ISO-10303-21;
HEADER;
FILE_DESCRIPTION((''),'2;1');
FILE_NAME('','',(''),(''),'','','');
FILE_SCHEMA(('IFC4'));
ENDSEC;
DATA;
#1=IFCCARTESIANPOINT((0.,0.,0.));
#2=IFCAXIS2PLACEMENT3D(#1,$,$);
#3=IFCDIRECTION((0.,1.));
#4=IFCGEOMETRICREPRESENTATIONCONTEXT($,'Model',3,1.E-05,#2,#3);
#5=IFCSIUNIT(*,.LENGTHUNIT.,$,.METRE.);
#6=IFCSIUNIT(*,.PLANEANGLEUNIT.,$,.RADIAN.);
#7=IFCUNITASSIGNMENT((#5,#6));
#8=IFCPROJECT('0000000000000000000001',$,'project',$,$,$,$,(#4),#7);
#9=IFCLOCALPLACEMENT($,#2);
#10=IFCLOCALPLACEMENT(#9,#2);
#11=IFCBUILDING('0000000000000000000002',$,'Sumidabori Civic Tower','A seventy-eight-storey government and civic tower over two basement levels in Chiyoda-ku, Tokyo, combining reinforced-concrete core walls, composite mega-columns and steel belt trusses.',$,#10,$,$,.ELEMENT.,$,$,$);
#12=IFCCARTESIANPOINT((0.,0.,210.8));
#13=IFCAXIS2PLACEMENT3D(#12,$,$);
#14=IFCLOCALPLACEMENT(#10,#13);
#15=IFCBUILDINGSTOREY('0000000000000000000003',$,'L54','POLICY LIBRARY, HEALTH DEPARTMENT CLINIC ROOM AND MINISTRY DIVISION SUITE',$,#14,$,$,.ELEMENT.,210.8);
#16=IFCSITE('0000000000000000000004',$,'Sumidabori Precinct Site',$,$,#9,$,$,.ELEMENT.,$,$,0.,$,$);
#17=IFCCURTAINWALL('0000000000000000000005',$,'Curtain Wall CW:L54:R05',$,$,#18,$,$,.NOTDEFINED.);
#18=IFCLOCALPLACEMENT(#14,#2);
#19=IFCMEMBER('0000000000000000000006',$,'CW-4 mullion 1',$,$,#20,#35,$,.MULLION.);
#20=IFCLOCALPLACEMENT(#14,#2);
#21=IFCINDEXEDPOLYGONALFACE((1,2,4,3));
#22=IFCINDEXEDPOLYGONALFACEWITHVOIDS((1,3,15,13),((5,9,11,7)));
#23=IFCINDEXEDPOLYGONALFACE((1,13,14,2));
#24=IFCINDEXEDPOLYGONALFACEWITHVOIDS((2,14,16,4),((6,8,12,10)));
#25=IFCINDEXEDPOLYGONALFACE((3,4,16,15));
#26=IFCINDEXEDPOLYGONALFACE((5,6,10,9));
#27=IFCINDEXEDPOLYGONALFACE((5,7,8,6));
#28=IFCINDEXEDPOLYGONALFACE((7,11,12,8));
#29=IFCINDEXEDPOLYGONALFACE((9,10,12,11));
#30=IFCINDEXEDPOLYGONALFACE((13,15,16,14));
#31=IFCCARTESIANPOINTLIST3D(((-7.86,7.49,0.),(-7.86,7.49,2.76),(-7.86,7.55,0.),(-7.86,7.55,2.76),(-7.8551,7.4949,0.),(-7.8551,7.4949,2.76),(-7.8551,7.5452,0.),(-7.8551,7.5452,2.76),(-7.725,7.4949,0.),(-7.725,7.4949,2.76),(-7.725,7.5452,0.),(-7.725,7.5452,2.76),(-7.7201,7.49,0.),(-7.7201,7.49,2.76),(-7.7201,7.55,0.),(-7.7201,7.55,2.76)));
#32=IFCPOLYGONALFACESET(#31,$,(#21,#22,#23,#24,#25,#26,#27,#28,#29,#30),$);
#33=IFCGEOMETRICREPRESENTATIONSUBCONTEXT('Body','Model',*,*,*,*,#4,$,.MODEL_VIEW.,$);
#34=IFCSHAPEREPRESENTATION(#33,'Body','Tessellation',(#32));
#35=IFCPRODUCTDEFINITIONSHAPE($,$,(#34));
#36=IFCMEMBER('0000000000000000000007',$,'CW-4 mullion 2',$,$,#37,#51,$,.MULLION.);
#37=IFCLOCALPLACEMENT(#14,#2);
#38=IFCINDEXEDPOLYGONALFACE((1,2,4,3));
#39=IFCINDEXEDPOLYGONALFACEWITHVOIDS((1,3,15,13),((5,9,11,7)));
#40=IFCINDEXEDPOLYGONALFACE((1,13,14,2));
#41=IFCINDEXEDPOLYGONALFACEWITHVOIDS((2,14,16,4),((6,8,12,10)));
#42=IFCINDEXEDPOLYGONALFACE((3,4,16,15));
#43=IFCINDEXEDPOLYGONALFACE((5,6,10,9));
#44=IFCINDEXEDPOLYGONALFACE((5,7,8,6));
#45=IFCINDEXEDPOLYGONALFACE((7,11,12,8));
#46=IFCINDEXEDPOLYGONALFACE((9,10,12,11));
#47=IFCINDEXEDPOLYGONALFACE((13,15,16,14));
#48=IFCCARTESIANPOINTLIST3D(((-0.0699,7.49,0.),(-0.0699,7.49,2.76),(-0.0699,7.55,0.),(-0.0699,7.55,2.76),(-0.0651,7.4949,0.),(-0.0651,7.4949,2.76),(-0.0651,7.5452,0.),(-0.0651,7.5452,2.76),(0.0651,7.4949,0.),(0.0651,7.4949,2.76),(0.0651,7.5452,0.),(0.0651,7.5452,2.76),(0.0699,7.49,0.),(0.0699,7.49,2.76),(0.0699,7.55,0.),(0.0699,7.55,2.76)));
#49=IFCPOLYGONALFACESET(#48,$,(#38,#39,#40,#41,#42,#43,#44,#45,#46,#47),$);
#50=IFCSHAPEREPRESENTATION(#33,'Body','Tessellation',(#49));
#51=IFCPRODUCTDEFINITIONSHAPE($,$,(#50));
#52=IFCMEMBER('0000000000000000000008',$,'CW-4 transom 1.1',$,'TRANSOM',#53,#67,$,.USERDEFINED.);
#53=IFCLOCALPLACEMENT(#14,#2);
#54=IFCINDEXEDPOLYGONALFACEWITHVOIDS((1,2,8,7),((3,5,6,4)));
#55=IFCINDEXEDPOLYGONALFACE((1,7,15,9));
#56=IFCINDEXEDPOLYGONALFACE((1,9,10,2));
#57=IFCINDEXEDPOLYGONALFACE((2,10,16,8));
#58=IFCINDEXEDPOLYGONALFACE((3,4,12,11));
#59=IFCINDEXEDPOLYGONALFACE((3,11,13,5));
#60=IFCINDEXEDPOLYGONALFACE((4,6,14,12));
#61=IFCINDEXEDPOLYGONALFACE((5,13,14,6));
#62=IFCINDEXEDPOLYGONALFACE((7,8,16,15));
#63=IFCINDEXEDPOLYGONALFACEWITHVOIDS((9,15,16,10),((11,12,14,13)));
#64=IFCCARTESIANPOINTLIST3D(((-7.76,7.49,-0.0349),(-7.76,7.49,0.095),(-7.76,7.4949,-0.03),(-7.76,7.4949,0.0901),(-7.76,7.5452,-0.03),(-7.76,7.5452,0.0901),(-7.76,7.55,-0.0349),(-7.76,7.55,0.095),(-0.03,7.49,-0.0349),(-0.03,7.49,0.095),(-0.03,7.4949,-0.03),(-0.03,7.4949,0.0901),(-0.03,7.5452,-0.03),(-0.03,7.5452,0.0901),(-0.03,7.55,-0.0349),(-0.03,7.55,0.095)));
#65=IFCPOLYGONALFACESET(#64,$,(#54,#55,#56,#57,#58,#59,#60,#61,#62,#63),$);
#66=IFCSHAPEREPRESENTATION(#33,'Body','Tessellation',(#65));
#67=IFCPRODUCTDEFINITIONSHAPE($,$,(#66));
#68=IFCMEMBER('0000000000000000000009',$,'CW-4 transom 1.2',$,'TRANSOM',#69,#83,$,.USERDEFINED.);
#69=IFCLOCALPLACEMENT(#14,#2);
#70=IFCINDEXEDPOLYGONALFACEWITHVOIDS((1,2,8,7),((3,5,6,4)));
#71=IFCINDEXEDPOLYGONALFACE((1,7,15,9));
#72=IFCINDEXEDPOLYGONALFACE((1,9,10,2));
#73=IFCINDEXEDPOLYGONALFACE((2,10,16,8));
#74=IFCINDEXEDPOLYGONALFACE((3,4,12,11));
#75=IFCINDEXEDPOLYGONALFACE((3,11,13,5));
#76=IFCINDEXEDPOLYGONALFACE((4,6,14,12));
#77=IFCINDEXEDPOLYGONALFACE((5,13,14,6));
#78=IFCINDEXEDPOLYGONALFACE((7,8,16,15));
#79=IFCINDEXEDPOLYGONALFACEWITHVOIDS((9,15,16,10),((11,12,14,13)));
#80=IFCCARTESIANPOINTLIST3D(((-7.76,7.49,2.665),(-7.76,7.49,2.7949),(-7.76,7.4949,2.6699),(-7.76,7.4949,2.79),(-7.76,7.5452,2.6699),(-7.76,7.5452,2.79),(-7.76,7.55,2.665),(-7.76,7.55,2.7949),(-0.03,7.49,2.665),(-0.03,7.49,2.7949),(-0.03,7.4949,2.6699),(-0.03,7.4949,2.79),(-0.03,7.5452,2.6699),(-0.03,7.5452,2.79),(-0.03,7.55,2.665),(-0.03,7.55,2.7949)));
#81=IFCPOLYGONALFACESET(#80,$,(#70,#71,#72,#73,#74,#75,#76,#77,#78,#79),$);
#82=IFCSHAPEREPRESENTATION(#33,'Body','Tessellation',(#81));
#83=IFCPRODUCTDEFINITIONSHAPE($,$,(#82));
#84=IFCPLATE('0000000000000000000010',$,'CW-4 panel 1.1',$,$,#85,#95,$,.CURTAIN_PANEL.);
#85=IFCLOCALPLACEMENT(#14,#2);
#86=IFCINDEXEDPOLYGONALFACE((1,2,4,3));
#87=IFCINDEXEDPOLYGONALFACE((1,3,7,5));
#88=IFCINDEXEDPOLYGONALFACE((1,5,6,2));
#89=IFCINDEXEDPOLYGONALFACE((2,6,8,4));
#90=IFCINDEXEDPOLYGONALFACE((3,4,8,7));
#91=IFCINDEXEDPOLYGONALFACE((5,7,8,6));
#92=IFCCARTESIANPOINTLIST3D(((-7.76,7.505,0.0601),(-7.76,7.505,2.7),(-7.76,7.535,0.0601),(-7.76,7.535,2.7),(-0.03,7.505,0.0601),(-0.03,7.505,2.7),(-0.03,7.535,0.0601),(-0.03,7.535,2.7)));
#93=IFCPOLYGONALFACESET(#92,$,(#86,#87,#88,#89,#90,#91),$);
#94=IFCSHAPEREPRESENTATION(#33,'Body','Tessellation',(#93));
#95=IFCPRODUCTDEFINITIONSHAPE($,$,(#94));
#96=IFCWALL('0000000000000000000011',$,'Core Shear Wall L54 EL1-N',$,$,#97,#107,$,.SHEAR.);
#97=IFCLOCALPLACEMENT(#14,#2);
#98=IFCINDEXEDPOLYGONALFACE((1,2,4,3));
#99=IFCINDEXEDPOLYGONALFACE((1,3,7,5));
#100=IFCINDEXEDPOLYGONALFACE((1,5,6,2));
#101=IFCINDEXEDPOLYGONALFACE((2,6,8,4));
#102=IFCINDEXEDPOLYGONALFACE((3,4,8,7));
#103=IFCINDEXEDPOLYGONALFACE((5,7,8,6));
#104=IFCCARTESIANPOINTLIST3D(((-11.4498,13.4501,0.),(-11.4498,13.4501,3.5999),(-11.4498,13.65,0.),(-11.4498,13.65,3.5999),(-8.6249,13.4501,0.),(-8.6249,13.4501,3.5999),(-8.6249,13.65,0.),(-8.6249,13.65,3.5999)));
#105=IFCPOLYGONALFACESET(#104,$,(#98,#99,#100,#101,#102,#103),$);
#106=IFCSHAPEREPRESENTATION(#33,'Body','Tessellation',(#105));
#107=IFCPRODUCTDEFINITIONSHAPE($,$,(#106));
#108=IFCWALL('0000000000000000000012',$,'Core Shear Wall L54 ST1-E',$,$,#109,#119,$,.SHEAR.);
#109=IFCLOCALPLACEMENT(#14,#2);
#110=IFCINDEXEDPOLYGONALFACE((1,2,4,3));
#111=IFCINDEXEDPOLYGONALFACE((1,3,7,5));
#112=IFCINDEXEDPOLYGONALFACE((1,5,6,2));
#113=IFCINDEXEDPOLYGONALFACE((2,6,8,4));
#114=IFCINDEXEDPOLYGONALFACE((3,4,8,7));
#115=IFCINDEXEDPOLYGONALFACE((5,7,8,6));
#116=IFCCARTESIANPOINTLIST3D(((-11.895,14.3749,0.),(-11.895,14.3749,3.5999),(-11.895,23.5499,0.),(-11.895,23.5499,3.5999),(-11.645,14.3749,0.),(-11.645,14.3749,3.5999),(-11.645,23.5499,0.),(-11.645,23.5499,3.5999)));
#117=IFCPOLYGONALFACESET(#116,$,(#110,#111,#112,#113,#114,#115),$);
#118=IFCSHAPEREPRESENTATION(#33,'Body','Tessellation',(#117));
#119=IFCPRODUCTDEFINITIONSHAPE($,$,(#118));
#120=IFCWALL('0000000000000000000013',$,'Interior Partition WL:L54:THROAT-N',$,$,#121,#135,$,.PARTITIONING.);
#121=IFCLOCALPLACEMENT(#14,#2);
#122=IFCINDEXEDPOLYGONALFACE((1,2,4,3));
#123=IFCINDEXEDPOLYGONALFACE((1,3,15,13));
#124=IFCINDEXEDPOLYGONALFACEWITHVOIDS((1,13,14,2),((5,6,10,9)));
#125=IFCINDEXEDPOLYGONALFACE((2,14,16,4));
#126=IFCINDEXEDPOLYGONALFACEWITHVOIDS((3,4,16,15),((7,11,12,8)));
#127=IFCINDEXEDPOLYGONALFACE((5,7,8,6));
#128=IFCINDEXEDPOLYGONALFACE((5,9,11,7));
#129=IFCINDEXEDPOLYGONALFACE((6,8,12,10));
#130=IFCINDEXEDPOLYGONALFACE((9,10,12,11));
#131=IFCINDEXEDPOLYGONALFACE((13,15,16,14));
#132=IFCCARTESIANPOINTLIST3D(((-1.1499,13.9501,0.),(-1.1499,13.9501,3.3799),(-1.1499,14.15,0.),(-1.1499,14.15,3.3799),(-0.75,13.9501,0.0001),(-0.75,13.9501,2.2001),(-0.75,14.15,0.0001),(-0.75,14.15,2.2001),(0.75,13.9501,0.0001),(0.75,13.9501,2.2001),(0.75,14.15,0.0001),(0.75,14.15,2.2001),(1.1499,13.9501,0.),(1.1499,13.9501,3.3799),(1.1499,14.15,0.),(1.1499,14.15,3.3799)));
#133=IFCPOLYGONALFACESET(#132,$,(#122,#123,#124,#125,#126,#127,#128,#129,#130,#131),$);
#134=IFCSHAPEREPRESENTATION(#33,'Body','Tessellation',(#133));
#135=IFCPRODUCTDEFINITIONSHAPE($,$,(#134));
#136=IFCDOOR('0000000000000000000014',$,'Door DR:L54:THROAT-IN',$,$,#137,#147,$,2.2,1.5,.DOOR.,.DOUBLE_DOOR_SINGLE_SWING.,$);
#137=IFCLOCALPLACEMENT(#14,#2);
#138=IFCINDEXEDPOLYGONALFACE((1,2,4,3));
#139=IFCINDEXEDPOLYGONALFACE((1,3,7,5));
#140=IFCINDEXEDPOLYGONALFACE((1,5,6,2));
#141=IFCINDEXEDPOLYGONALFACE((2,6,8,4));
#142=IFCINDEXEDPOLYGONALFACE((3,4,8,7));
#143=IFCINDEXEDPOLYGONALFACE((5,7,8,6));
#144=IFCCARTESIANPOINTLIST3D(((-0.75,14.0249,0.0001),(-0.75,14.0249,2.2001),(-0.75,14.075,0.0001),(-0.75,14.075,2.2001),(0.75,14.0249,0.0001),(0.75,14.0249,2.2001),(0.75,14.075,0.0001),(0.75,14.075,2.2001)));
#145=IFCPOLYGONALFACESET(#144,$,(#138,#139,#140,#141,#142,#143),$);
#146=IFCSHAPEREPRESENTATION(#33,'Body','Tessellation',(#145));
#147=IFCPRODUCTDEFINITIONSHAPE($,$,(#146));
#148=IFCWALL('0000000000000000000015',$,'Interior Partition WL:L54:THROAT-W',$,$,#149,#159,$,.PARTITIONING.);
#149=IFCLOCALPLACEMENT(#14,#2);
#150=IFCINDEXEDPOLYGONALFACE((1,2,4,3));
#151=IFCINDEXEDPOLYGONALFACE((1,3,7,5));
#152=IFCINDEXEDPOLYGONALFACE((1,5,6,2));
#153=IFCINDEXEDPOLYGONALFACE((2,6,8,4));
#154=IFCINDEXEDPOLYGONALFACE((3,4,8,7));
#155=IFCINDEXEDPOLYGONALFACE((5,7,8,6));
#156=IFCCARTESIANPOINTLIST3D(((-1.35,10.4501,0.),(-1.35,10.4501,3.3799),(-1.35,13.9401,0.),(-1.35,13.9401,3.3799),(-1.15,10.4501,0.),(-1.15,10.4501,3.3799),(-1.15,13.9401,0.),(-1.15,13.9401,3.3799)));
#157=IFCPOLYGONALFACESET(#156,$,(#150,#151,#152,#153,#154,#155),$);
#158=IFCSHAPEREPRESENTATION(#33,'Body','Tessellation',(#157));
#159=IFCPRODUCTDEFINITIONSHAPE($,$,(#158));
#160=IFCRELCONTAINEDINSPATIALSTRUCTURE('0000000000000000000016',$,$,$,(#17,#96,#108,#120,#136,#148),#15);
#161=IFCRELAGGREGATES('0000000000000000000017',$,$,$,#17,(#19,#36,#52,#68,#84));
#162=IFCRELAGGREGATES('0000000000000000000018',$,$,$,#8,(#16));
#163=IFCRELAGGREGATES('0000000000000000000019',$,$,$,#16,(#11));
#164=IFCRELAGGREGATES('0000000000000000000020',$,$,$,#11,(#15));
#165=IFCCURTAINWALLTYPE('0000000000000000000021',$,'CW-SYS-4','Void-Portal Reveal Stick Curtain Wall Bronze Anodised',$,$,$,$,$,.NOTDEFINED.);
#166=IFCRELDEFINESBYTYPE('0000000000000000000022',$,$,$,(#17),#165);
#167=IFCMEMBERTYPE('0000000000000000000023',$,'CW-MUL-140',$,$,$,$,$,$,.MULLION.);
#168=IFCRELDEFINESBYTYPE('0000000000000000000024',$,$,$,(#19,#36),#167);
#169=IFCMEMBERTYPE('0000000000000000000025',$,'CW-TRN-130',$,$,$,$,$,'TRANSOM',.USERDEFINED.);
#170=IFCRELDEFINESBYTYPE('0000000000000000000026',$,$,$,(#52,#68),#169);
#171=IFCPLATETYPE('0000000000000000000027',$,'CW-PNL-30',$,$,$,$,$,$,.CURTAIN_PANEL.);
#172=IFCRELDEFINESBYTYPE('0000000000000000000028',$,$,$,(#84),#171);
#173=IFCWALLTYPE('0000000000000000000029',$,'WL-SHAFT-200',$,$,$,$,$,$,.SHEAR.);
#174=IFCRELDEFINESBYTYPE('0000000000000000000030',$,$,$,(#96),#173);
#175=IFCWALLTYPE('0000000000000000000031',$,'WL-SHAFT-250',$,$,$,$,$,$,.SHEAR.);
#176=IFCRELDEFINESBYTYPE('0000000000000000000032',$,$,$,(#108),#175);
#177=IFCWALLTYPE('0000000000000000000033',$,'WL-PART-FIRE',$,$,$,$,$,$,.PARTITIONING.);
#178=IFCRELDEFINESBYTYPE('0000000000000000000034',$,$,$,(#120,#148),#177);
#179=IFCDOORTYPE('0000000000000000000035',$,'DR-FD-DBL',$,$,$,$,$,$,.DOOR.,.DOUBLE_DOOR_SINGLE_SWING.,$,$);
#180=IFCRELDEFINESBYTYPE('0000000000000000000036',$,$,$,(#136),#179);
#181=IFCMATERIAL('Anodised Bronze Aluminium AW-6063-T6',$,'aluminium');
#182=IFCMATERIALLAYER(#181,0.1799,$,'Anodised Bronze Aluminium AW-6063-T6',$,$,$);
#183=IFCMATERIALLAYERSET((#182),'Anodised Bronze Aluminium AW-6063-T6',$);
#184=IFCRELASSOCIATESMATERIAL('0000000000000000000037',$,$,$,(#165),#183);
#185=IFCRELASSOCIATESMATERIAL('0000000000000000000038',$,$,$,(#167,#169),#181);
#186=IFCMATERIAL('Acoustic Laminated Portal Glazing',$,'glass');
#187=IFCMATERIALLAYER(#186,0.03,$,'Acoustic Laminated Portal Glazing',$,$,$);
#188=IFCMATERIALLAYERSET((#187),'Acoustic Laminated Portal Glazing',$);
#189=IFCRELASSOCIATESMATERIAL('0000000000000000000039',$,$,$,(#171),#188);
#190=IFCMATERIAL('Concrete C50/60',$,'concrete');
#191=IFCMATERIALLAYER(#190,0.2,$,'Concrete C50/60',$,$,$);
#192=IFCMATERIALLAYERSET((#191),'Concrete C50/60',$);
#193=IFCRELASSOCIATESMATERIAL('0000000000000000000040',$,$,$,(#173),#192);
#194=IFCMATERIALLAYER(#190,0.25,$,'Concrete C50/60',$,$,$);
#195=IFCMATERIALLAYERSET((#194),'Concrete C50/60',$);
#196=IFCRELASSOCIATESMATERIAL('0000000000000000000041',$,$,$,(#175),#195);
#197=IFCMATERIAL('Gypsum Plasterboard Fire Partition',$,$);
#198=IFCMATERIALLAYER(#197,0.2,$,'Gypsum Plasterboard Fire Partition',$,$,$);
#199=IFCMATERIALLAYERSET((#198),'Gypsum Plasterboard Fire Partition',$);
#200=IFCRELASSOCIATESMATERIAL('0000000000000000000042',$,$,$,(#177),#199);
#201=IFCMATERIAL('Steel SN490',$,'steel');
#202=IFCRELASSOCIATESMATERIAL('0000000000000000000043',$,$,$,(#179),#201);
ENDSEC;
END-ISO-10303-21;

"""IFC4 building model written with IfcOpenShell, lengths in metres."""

from ifc_helpers import new_model, si_unit, direction, frame, frame_2d, origin, origin_2d, place, context, subcontext, project, spatial, rectangle, hollow_rectangle, extrude, source, transform, mapped, material, layer, layer_set, material_profile, profile_set, type_object, element, fill, aggregate, save


model = new_model("IFC4")

# Units and contexts
model_context = context("Model", 3, precision=1e-05, world=origin(), true_north=direction((0.0, 1.0)))
body_context = subcontext(model_context, "Body", "Model", "MODEL_VIEW")
ifc_project = project(units=[si_unit("LENGTHUNIT", "METRE"), si_unit("PLANEANGLEUNIT", "RADIAN")], contexts=[model_context])

# Site, building, storey
site_placement = place(None, origin())
site = spatial("IfcSite", under=ifc_project, at=site_placement, Name="Sumidabori Precinct Site", CompositionType="ELEMENT", RefElevation=0.0)
building_placement = place(site_placement, origin())
building = spatial("IfcBuilding", under=site, at=building_placement, Name="Sumidabori Civic Tower", Description="A seventy-eight-storey government and civic tower over two basement levels in Chiyoda-ku, Tokyo, combining reinforced-concrete core walls, composite mega-columns and steel belt trusses.", CompositionType="ELEMENT")
storey_placement = place(building_placement, frame((0.0, 0.0, 210.8)))
storey = spatial("IfcBuildingStorey", under=building, at=storey_placement, Name="L54", Description="POLICY LIBRARY, HEALTH DEPARTMENT CLINIC ROOM AND MINISTRY DIVISION SUITE", CompositionType="ELEMENT", Elevation=210.8)

# Curtain wall, members, plate
ifc_material_1 = material(Name="Anodised Bronze Aluminium AW-6063-T6", Category="aluminium")
ifc_layer_1 = layer(ifc_material_1, 0.1799, Name="Anodised Bronze Aluminium AW-6063-T6")
ifc_layer_set_1 = layer_set([ifc_layer_1], Name="Anodised Bronze Aluminium AW-6063-T6")
curtain_wall_type = type_object("IfcCurtainWallType", Name="CW-SYS-4", Description="Void-Portal Reveal Stick Curtain Wall Bronze Anodised", PredefinedType="NOTDEFINED", material=ifc_layer_set_1)
curtain_wall_placement = place(storey_placement, origin())
curtain_wall = element("IfcCurtainWall", 1, at=curtain_wall_placement, inside=storey, type_object=curtain_wall_type, Name="Curtain Wall CW:L54:R05", PredefinedType="NOTDEFINED")
ifc_material_profile_1 = material_profile(ifc_material_1, hollow_rectangle(XDim=0.0601, YDim=0.1399, WallThickness=0.0049, at=origin_2d()), Name="ALU MULLION 140x60")
ifc_profile_set_1 = profile_set([ifc_material_profile_1], Name="Anodised Bronze Aluminium AW-6063-T6")
member_type_1 = type_object("IfcMemberType", Name="CW-MUL-140", PredefinedType="MULLION", material=ifc_profile_set_1)
shared_shape_1 = source(origin(), body_context, "Body", "SweptSolid", [
    extrude(hollow_rectangle(XDim=0.0601, YDim=0.1399, WallThickness=0.0049, at=origin_2d()), origin(), (0.0, 0.0, 1.0), 2.76),
])
member_1_placement = place(storey_placement, frame((-7.79, 7.52, 0.0), z_axis=(0.0, 0.0, 1.0), x_axis=(0.0, 1.0, 0.0)))
member_1 = element("IfcMember", 2, at=member_1_placement, type_object=member_type_1, Name="CW-4 mullion 1", PredefinedType="MULLION", context=body_context, shape_type="MappedRepresentation", body=[
    mapped(shared_shape_1, transform((0.0, 0.0, 0.0), x_axis=(1.0, 0.0, 0.0), y_axis=(0.0, 1.0, 0.0), z_axis=(0.0, 0.0, 1.0), scale=1.0)),
])
member_2_placement = place(storey_placement, frame((0.0, 7.52, 0.0), z_axis=(0.0, 0.0, 1.0), x_axis=(0.0, 1.0, 0.0)))
member_2 = element("IfcMember", 3, at=member_2_placement, type_object=member_type_1, Name="CW-4 mullion 2", PredefinedType="MULLION", context=body_context, shape_type="MappedRepresentation", body=[
    mapped(shared_shape_1, transform((0.0, 0.0, 0.0), x_axis=(1.0, 0.0, 0.0), y_axis=(0.0, 1.0, 0.0), z_axis=(0.0, 0.0, 1.0), scale=1.0)),
])
ifc_material_profile_2 = material_profile(ifc_material_1, hollow_rectangle(XDim=0.0601, YDim=0.1299, WallThickness=0.0049, at=origin_2d()), Name="ALU TRANSOM 130x60")
ifc_profile_set_2 = profile_set([ifc_material_profile_2], Name="Anodised Bronze Aluminium AW-6063-T6")
member_type_2 = type_object("IfcMemberType", Name="CW-TRN-130", ElementType="TRANSOM", PredefinedType="USERDEFINED", material=ifc_profile_set_2)
shared_shape_2 = source(origin(), body_context, "Body", "SweptSolid", [
    extrude(hollow_rectangle(XDim=0.0601, YDim=0.1299, WallThickness=0.0049, at=origin_2d()), origin(), (0.0, 0.0, 1.0), 7.73),
])
member_3_placement = place(storey_placement, frame((-7.76, 7.52, 0.03), z_axis=(1.0, 0.0, 0.0), x_axis=(0.0, 1.0, 0.0)))
member_3 = element("IfcMember", 4, at=member_3_placement, type_object=member_type_2, Name="CW-4 transom 1.1", ObjectType="TRANSOM", PredefinedType="USERDEFINED", context=body_context, shape_type="MappedRepresentation", body=[
    mapped(shared_shape_2, transform((0.0, 0.0, 0.0), x_axis=(1.0, 0.0, 0.0), y_axis=(0.0, 1.0, 0.0), z_axis=(0.0, 0.0, 1.0), scale=1.0)),
])
member_4_placement = place(storey_placement, frame((-7.76, 7.52, 2.73), z_axis=(1.0, 0.0, 0.0), x_axis=(0.0, 1.0, 0.0)))
member_4 = element("IfcMember", 5, at=member_4_placement, type_object=member_type_2, Name="CW-4 transom 1.2", ObjectType="TRANSOM", PredefinedType="USERDEFINED", context=body_context, shape_type="MappedRepresentation", body=[
    mapped(shared_shape_2, transform((0.0, 0.0, 0.0), x_axis=(1.0, 0.0, 0.0), y_axis=(0.0, 1.0, 0.0), z_axis=(0.0, 0.0, 1.0), scale=1.0)),
])
ifc_material_2 = material(Name="Acoustic Laminated Portal Glazing", Category="glass")
ifc_layer_2 = layer(ifc_material_2, 0.03, Name="Acoustic Laminated Portal Glazing")
ifc_layer_set_2 = layer_set([ifc_layer_2], Name="Acoustic Laminated Portal Glazing")
plate_type = type_object("IfcPlateType", Name="CW-PNL-30", PredefinedType="CURTAIN_PANEL", material=ifc_layer_set_2)
shared_shape_3 = source(origin(), body_context, "Body", "SweptSolid", [
    extrude(rectangle(XDim=7.73, YDim=0.03, at=origin_2d()), origin(), (0.0, 0.0, 1.0), 2.6399),
])
plate_placement = place(storey_placement, frame((-3.895, 7.52, 0.0601), z_axis=(0.0, 0.0, 1.0), x_axis=(1.0, 0.0, 0.0)))
plate = element("IfcPlate", 6, at=plate_placement, type_object=plate_type, Name="CW-4 panel 1.1", PredefinedType="CURTAIN_PANEL", context=body_context, shape_type="MappedRepresentation", body=[
    mapped(shared_shape_3, transform((0.0, 0.0, 0.0), x_axis=(1.0, 0.0, 0.0), y_axis=(0.0, 1.0, 0.0), z_axis=(0.0, 0.0, 1.0), scale=1.0)),
])
aggregate(curtain_wall, [member_1, member_2, member_3, member_4, plate])

# Wall
ifc_material_3 = material(Name="Concrete C50/60", Category="concrete")
ifc_layer_3 = layer(ifc_material_3, 0.2, Name="Concrete C50/60")
ifc_layer_set_3 = layer_set([ifc_layer_3], Name="Concrete C50/60")
wall_type_1 = type_object("IfcWallType", Name="WL-SHAFT-200", PredefinedType="SHEAR", material=ifc_layer_set_3)
shared_shape_4 = source(origin(), body_context, "Body", "SweptSolid", [
    extrude(rectangle(XDim=2.825, YDim=0.2, at=frame_2d((1.4126, 0.0))), origin(), (0.0, 0.0, 1.0), 3.5999),
])
wall_1_placement = place(storey_placement, frame((-11.45, 13.55, 0.0), z_axis=(0.0, 0.0, 1.0), x_axis=(1.0, 0.0, 0.0)))
element("IfcWall", 7, at=wall_1_placement, inside=storey, type_object=wall_type_1, Name="Core Shear Wall L54 EL1-N", PredefinedType="SHEAR", context=body_context, shape_type="MappedRepresentation", body=[
    mapped(shared_shape_4, transform((0.0, 0.0, 0.0), x_axis=(1.0, 0.0, 0.0), y_axis=(0.0, 1.0, 0.0), z_axis=(0.0, 0.0, 1.0), scale=1.0)),
])

# Shared definitions
ifc_layer_4 = layer(ifc_material_3, 0.25, Name="Concrete C50/60")
ifc_layer_set_4 = layer_set([ifc_layer_4], Name="Concrete C50/60")
wall_type_2 = type_object("IfcWallType", Name="WL-SHAFT-250", PredefinedType="SHEAR", material=ifc_layer_set_4)

# Wall
shared_shape_5 = source(origin(), body_context, "Body", "SweptSolid", [
    extrude(rectangle(XDim=9.175, YDim=0.25, at=frame_2d((4.5874, 0.0))), origin(), (0.0, 0.0, 1.0), 3.5999),
])
wall_2_placement = place(storey_placement, frame((-11.77, 14.375, 0.0), z_axis=(0.0, 0.0, 1.0), x_axis=(0.0, 1.0, 0.0)))
element("IfcWall", 8, at=wall_2_placement, inside=storey, type_object=wall_type_2, Name="Core Shear Wall L54 ST1-E", PredefinedType="SHEAR", context=body_context, shape_type="MappedRepresentation", body=[
    mapped(shared_shape_5, transform((0.0, 0.0, 0.0), x_axis=(1.0, 0.0, 0.0), y_axis=(0.0, 1.0, 0.0), z_axis=(0.0, 0.0, 1.0), scale=1.0)),
])

# Shared definitions
ifc_material_4 = material(Name="Gypsum Plasterboard Fire Partition")
ifc_layer_5 = layer(ifc_material_4, 0.2, Name="Gypsum Plasterboard Fire Partition")
ifc_layer_set_5 = layer_set([ifc_layer_5], Name="Gypsum Plasterboard Fire Partition")
wall_type_3 = type_object("IfcWallType", Name="WL-PART-FIRE", PredefinedType="PARTITIONING", material=ifc_layer_set_5)

# Wall, opening, door
shared_shape_6 = source(origin(), body_context, "Body", "SweptSolid", [
    extrude(rectangle(XDim=2.2998, YDim=0.2, at=frame_2d((1.1499, 0.0))), origin(), (0.0, 0.0, 1.0), 3.3799),
])
wall_3_placement = place(storey_placement, frame((-1.1499, 14.05, 0.0), z_axis=(0.0, 0.0, 1.0), x_axis=(1.0, 0.0, 0.0)))
wall_3 = element("IfcWall", 9, at=wall_3_placement, inside=storey, type_object=wall_type_3, Name="Interior Partition WL:L54:THROAT-N", PredefinedType="PARTITIONING", context=body_context, shape_type="MappedRepresentation", body=[
    mapped(shared_shape_6, transform((0.0, 0.0, 0.0), x_axis=(1.0, 0.0, 0.0), y_axis=(0.0, 1.0, 0.0), z_axis=(0.0, 0.0, 1.0), scale=1.0)),
])
opening_1_placement = place(wall_3_placement, frame((0.3999, 0.0, 0.0)))
opening_1 = element("IfcOpeningElement", 10, at=opening_1_placement, cuts=wall_3, PredefinedType="OPENING", context=body_context, shape_type="SweptSolid", body=[
    extrude(rectangle(XDim=1.5, YDim=2.2, at=frame_2d((0.75, 1.1001))), frame((0.0, 0.1118, 0.0), z_axis=(0.0, -1.0, 0.0), x_axis=(1.0, 0.0, 0.0)), (0.0, 0.0, 1.0), 0.2239),
])
ifc_material_5 = material(Name="Steel SN490", Category="steel")
door_type_1 = type_object("IfcDoorType", Name="DR-FD-DBL", OperationType="DOUBLE_DOOR_SINGLE_SWING", PredefinedType="DOOR", material=ifc_material_5)
shared_shape_7 = source(origin(), body_context, "Body", "SweptSolid", [
    extrude(rectangle(XDim=1.5, YDim=2.2, at=frame_2d((0.75, 1.1001))), frame((0.0, 0.0249, 0.0), z_axis=(0.0, -1.0, 0.0), x_axis=(1.0, 0.0, 0.0)), (0.0, 0.0, 1.0), 0.05),
])
door_1_placement = place(opening_1_placement, origin())
door_1 = element("IfcDoor", 11, at=door_1_placement, inside=storey, type_object=door_type_1, Name="Door DR:L54:THROAT-IN", OperationType="DOUBLE_DOOR_SINGLE_SWING", OverallHeight=2.2, OverallWidth=1.5, PredefinedType="DOOR", context=body_context, shape_type="MappedRepresentation", body=[
    mapped(shared_shape_7, transform((0.0, 0.0, 0.0), x_axis=(1.0, 0.0, 0.0), y_axis=(0.0, 1.0, 0.0), z_axis=(0.0, 0.0, 1.0), scale=1.0)),
])
fill(opening_1, door_1)

# Wall
shared_shape_8 = source(origin(), body_context, "Body", "SweptSolid", [
    extrude(rectangle(XDim=3.49, YDim=0.2, at=frame_2d((1.7451, 0.0))), origin(), (0.0, 0.0, 1.0), 3.3799),
])
wall_4_placement = place(storey_placement, frame((-1.25, 10.45, 0.0), z_axis=(0.0, 0.0, 1.0), x_axis=(0.0, 1.0, 0.0)))
element("IfcWall", 12, at=wall_4_placement, inside=storey, type_object=wall_type_3, Name="Interior Partition WL:L54:THROAT-W", PredefinedType="PARTITIONING", context=body_context, shape_type="MappedRepresentation", body=[
    mapped(shared_shape_8, transform((0.0, 0.0, 0.0), x_axis=(1.0, 0.0, 0.0), y_axis=(0.0, 1.0, 0.0), z_axis=(0.0, 0.0, 1.0), scale=1.0)),
])

save(model, "model.ifc")
